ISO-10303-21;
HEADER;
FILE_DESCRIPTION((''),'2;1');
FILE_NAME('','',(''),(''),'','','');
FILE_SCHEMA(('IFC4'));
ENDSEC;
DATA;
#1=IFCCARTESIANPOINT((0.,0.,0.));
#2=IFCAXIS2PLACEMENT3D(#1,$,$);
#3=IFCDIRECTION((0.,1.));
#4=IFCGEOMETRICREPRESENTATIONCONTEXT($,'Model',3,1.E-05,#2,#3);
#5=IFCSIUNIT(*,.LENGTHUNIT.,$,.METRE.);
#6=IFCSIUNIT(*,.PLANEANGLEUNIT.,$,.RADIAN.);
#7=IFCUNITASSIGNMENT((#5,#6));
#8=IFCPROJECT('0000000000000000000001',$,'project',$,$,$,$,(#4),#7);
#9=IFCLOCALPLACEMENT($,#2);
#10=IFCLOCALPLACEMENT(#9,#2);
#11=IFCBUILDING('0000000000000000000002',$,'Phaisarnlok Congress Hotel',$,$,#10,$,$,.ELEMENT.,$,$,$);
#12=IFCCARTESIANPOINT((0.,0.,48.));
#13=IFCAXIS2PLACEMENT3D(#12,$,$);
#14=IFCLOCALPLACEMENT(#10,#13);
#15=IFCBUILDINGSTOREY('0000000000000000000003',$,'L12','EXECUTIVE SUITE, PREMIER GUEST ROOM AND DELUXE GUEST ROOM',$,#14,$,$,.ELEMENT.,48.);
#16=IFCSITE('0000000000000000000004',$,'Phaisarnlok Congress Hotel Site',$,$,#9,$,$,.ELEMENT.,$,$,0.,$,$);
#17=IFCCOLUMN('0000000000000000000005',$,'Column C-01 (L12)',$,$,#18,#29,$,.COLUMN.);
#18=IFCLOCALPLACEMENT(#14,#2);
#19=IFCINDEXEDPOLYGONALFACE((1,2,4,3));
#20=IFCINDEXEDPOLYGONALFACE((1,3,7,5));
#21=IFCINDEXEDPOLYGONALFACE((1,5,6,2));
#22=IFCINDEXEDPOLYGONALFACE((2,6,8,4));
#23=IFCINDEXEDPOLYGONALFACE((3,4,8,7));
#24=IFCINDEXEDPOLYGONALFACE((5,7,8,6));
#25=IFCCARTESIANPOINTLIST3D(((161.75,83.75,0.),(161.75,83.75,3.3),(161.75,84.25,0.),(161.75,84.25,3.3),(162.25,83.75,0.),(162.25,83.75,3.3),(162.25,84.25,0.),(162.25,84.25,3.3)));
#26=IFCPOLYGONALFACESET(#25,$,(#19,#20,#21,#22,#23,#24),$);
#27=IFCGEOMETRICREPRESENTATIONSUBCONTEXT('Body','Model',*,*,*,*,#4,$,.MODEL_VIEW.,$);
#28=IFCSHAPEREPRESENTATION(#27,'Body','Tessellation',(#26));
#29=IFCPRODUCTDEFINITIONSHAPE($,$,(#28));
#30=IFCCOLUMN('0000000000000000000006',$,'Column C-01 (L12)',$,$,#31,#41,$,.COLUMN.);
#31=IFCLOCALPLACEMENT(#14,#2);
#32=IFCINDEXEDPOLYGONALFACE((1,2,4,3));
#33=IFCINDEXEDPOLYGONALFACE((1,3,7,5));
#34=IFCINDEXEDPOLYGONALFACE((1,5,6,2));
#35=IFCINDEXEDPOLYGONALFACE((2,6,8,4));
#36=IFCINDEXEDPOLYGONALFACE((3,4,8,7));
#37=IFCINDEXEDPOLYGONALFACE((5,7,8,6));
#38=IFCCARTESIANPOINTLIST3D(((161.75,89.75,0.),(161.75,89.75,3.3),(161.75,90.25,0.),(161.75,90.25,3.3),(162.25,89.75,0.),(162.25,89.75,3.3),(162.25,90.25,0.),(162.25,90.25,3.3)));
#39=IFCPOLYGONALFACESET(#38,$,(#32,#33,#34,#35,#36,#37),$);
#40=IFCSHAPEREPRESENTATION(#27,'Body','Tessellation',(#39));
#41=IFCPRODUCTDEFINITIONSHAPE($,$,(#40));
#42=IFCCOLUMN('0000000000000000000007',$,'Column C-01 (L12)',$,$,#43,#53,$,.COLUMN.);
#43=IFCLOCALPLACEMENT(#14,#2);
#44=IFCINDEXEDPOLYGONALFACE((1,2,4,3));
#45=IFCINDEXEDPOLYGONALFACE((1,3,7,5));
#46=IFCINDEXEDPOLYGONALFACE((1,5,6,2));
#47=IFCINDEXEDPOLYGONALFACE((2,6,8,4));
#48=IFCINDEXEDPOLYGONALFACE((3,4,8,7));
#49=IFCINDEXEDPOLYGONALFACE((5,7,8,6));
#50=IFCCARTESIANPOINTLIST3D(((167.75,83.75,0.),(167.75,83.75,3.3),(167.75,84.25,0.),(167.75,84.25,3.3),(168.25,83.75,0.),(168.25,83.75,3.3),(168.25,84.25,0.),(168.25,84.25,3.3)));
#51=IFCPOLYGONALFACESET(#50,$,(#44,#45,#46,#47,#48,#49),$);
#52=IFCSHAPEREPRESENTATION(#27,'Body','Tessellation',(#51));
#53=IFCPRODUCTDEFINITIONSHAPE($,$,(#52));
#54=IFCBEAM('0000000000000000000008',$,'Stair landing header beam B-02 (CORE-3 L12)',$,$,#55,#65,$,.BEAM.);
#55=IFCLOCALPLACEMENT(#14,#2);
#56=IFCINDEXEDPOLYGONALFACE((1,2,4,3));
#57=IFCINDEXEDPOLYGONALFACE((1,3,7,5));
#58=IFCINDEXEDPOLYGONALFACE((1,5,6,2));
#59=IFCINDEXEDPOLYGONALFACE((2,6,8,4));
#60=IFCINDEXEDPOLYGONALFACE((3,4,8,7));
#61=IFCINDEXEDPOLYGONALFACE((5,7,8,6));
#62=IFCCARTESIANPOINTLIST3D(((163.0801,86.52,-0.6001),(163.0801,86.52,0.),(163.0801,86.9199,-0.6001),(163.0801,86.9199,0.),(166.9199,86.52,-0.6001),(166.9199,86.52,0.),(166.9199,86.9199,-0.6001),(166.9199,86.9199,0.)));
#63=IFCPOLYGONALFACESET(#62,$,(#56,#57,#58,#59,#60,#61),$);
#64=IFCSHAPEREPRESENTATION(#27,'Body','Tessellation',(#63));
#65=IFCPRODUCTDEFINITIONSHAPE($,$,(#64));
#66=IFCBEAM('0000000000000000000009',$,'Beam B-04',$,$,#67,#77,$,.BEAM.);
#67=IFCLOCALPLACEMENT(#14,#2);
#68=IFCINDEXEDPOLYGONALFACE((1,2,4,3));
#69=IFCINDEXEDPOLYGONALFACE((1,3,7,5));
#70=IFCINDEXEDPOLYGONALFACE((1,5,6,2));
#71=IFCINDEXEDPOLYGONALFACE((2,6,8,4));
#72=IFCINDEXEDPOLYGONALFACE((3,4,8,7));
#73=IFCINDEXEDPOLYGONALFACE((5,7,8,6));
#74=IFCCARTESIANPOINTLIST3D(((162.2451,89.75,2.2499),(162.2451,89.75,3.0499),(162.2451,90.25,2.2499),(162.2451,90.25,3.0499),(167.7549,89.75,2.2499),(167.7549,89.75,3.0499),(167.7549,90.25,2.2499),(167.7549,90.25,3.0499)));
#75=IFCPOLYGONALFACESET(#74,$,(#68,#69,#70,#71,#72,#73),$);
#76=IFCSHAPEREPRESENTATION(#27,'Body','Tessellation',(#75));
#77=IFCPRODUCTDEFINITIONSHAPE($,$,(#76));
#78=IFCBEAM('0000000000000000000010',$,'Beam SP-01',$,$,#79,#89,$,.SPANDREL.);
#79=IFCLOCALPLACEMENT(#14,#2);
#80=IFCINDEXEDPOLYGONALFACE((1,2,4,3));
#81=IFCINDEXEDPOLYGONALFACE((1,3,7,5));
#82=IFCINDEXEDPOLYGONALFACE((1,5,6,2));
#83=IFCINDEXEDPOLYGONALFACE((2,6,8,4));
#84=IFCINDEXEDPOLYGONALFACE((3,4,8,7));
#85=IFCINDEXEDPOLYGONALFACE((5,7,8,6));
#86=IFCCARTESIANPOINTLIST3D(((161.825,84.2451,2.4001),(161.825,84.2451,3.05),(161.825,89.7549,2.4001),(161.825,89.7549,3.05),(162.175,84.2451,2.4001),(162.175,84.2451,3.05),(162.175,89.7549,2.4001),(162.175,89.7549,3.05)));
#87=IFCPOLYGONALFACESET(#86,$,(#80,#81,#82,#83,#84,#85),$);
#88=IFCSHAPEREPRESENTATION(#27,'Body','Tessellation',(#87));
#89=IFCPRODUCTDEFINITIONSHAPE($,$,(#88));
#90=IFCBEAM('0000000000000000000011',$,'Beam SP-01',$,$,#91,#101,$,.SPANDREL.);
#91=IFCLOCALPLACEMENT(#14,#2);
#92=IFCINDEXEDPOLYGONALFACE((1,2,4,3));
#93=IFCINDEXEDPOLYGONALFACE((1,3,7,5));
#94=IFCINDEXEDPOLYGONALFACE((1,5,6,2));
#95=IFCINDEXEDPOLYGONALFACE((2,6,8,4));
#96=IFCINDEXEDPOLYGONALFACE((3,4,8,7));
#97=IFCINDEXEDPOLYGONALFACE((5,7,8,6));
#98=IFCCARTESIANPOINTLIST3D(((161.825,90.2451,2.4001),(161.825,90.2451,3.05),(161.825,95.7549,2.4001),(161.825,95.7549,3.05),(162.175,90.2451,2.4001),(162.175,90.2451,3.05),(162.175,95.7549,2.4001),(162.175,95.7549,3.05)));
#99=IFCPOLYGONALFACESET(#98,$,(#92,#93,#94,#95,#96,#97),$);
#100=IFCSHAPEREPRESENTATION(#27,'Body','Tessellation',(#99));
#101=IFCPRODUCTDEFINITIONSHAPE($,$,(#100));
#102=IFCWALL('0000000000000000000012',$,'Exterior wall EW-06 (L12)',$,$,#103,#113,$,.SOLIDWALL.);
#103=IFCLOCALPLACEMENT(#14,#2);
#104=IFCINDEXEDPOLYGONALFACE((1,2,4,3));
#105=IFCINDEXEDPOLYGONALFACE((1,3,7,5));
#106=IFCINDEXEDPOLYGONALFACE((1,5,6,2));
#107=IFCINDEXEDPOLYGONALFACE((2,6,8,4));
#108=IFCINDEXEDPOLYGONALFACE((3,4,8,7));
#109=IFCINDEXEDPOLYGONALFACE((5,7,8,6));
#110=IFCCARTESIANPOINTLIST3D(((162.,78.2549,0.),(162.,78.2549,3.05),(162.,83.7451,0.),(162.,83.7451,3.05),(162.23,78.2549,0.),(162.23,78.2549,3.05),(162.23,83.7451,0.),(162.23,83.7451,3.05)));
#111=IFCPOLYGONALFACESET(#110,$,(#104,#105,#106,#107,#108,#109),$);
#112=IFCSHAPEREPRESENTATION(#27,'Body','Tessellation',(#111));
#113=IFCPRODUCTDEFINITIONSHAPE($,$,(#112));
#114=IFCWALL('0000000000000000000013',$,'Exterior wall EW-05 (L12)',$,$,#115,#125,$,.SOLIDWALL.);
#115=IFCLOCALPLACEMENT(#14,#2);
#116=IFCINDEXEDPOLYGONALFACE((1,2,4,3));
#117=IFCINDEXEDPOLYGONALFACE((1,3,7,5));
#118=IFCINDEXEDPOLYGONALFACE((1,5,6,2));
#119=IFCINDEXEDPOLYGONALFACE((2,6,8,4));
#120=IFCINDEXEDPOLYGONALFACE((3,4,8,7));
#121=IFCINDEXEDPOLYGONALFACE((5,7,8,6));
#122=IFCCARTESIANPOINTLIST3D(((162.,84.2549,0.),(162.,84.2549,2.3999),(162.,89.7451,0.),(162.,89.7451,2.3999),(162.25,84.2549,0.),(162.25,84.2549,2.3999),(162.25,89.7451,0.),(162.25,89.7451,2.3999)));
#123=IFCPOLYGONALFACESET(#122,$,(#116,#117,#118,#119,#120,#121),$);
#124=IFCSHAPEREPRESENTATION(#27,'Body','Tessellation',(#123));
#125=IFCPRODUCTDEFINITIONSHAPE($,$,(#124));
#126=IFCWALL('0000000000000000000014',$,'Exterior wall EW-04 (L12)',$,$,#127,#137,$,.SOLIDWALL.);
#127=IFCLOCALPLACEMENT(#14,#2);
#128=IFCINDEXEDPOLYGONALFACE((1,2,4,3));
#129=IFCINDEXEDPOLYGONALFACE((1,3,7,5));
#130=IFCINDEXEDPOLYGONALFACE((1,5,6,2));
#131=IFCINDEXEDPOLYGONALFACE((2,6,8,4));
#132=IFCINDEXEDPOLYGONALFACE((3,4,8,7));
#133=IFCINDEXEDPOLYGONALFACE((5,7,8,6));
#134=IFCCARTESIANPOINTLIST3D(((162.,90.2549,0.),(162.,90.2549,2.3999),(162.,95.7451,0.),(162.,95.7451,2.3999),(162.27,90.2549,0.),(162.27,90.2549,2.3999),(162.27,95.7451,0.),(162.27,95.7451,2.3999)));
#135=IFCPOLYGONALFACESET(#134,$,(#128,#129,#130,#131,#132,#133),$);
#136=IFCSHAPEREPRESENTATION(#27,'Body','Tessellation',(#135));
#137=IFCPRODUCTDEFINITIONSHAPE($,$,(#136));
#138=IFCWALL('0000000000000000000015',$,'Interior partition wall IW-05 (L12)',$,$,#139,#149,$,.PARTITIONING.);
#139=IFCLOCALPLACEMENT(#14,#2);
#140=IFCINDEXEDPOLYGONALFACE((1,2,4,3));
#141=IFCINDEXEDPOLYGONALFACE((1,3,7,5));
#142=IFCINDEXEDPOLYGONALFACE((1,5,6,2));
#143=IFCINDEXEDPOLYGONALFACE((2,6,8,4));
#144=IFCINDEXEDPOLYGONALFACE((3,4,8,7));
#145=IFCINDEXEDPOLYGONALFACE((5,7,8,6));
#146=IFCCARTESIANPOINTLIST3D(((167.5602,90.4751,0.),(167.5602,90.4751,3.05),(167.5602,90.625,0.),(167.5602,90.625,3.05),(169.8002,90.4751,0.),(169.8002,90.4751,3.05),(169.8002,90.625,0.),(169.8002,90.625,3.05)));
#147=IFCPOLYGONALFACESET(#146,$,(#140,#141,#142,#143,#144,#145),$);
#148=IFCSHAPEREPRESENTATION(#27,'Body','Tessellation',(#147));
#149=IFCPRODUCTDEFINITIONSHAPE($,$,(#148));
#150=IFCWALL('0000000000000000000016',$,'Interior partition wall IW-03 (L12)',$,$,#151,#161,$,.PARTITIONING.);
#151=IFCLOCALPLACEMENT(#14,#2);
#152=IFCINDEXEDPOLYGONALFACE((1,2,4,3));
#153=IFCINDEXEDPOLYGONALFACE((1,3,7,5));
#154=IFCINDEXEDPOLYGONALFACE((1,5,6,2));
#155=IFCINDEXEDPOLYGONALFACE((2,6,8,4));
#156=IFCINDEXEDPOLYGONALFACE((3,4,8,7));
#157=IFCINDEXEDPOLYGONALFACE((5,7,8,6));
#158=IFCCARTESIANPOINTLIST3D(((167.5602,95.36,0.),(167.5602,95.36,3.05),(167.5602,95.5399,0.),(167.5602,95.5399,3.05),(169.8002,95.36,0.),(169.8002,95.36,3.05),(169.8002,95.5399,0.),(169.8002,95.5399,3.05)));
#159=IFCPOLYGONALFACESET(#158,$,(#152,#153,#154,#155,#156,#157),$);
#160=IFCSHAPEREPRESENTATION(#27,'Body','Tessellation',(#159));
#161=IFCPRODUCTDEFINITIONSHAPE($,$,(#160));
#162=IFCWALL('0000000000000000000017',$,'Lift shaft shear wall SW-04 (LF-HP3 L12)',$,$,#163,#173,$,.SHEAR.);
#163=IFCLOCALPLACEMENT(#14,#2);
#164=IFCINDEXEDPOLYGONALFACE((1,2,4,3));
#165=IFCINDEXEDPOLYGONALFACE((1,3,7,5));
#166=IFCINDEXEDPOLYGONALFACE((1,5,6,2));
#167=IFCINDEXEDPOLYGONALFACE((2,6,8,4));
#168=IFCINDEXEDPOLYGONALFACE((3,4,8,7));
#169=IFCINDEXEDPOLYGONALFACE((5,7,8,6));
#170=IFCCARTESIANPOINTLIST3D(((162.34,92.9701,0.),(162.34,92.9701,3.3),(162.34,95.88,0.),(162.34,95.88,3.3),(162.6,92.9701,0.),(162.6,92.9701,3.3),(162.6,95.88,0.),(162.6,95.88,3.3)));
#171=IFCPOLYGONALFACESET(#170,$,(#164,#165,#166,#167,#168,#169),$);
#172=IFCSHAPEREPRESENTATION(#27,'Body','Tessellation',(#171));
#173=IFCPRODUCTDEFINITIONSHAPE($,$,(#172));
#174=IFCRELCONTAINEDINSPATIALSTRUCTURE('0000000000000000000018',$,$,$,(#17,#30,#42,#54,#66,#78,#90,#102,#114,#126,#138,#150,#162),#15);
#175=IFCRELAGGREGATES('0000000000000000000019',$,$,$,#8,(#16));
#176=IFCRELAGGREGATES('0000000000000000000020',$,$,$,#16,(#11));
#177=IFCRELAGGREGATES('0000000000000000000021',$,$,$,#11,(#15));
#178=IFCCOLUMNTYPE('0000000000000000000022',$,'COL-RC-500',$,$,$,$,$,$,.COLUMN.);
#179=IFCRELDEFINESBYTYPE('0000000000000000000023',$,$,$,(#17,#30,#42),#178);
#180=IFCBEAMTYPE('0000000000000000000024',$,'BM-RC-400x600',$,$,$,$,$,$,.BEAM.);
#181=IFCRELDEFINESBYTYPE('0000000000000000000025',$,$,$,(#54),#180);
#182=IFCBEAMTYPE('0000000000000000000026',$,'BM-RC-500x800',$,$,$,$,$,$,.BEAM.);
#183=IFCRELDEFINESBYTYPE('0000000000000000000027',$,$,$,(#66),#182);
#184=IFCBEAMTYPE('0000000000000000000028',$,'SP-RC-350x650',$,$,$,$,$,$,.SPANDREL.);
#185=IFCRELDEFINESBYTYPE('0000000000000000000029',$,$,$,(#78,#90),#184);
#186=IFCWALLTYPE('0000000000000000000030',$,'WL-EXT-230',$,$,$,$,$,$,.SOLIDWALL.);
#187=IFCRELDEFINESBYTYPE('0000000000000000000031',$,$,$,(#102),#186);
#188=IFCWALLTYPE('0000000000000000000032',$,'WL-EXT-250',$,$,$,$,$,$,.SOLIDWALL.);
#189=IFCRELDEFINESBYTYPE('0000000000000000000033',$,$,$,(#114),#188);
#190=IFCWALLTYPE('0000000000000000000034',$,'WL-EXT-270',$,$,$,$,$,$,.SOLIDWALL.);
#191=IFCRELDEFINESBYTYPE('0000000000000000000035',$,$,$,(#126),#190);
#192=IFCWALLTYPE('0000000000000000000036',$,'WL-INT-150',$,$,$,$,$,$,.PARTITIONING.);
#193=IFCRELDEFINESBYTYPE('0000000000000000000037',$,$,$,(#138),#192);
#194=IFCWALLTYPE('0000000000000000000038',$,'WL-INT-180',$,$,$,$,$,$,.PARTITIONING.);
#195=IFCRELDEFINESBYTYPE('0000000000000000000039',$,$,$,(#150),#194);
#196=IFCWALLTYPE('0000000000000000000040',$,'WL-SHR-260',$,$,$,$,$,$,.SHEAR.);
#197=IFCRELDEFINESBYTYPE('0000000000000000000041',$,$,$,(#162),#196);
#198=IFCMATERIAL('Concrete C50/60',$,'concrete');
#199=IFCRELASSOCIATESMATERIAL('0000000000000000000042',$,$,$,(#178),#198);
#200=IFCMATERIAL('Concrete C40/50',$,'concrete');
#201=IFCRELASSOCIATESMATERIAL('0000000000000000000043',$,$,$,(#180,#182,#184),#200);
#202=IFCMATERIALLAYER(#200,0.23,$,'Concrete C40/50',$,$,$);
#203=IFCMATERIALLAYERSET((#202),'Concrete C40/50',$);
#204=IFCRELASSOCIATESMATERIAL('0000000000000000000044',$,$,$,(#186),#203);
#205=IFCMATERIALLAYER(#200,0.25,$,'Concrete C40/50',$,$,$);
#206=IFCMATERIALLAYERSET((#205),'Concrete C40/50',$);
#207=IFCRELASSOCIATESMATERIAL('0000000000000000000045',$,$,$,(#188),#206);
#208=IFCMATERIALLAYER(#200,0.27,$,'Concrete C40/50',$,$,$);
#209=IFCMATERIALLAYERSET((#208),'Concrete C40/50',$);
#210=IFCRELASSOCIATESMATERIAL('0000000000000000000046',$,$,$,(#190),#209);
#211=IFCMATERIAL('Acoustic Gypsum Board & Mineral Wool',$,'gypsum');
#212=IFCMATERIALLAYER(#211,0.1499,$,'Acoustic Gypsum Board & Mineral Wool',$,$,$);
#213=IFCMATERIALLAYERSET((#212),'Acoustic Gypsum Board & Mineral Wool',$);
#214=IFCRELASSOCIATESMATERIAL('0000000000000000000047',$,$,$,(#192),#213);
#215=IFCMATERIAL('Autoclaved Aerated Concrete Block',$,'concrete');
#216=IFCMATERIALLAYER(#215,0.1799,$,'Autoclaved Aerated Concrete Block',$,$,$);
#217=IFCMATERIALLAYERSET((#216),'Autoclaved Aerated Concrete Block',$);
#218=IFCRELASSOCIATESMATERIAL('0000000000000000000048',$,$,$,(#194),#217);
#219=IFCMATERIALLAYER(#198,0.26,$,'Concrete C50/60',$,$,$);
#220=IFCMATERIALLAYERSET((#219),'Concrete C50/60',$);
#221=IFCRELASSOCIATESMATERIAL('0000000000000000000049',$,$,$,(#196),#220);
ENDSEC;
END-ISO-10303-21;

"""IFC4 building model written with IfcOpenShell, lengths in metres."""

from ifc_helpers import new_model, si_unit, direction, frame, frame_2d, origin, origin_2d, place, context, subcontext, project, spatial, rectangle, extrude, material, layer, layer_set, material_profile, profile_set, type_object, element, save


model = new_model("IFC4")

# Units and contexts
model_context = context("Model", 3, precision=1e-05, world=origin(), true_north=direction((0.0, 1.0)))
body_context = subcontext(model_context, "Body", "Model", "MODEL_VIEW")
ifc_project = project(units=[si_unit("LENGTHUNIT", "METRE"), si_unit("PLANEANGLEUNIT", "RADIAN")], contexts=[model_context])

# Site, building, storey
site_placement = place(None, origin())
site = spatial("IfcSite", under=ifc_project, at=site_placement, Name="Phaisarnlok Congress Hotel Site", CompositionType="ELEMENT", RefElevation=0.0)
building_placement = place(site_placement, origin())
building = spatial("IfcBuilding", under=site, at=building_placement, Name="Phaisarnlok Congress Hotel", CompositionType="ELEMENT")
storey_placement = place(building_placement, frame((0.0, 0.0, 48.0)))
storey = spatial("IfcBuildingStorey", under=building, at=storey_placement, Name="L12", Description="EXECUTIVE SUITE, PREMIER GUEST ROOM AND DELUXE GUEST ROOM", CompositionType="ELEMENT", Elevation=48.0)

# Columns
ifc_material_1 = material(Name="Concrete C50/60", Category="concrete")
ifc_material_profile_1 = material_profile(ifc_material_1, rectangle(XDim=0.5, YDim=0.5, at=origin_2d()), Name="RC 500x500")
ifc_profile_set_1 = profile_set([ifc_material_profile_1], Name="Concrete C50/60")
column_type = type_object("IfcColumnType", Name="COL-RC-500", PredefinedType="COLUMN", material=ifc_profile_set_1)
for number, where, z_axis, x_axis, name in (
    (1, (162.0, 84.0, 0.0), (0.0, 0.0, 1.0), (1.0, 0.0, 0.0), "Column C-01 (L12)"),
    (2, (162.0, 90.0, 0.0), (0.0, 0.0, 1.0), (1.0, 0.0, 0.0), "Column C-01 (L12)"),
    (3, (168.0, 84.0, 0.0), (0.0, 0.0, 1.0), (1.0, 0.0, 0.0), "Column C-01 (L12)"),
):
    element("IfcColumn", number, at=place(storey_placement, frame(where, z_axis=z_axis, x_axis=x_axis)), inside=storey, type_object=column_type, Name=name, PredefinedType="COLUMN", context=body_context, shape_type="SweptSolid", body=[
        extrude(rectangle(XDim=0.5, YDim=0.5, at=origin_2d()), origin(), (0.0, 0.0, 1.0), 3.3),
    ])

# Beams
ifc_material_2 = material(Name="Concrete C40/50", Category="concrete")
ifc_material_profile_2 = material_profile(ifc_material_2, rectangle(XDim=0.3999, YDim=0.6001, at=origin_2d()), Name="RC 400x600")
ifc_profile_set_2 = profile_set([ifc_material_profile_2], Name="Concrete C40/50")
beam_type_1 = type_object("IfcBeamType", Name="BM-RC-400x600", PredefinedType="BEAM", material=ifc_profile_set_2)
beam_1_placement = place(storey_placement, frame((163.0801, 86.72, -0.3), z_axis=(1.0, 0.0, 0.0), x_axis=(0.0, 1.0, 0.0)))
element("IfcBeam", 4, at=beam_1_placement, inside=storey, type_object=beam_type_1, Name="Stair landing header beam B-02 (CORE-3 L12)", PredefinedType="BEAM", context=body_context, shape_type="SweptSolid", body=[
    extrude(rectangle(XDim=0.3999, YDim=0.6001, at=origin_2d()), origin(), (0.0, 0.0, 1.0), 3.8398),
])
ifc_material_profile_3 = material_profile(ifc_material_2, rectangle(XDim=0.5, YDim=0.8, at=origin_2d()), Name="RC 500x800")
ifc_profile_set_3 = profile_set([ifc_material_profile_3], Name="Concrete C40/50")
beam_type_2 = type_object("IfcBeamType", Name="BM-RC-500x800", PredefinedType="BEAM", material=ifc_profile_set_3)
beam_2_placement = place(storey_placement, frame((162.2451, 90.0, 2.6499), z_axis=(1.0, 0.0, 0.0), x_axis=(0.0, 1.0, 0.0)))
element("IfcBeam", 5, at=beam_2_placement, inside=storey, type_object=beam_type_2, Name="Beam B-04", PredefinedType="BEAM", context=body_context, shape_type="SweptSolid", body=[
    extrude(rectangle(XDim=0.5, YDim=0.8, at=origin_2d()), origin(), (0.0, 0.0, 1.0), 5.5098),
])
ifc_material_profile_4 = material_profile(ifc_material_2, rectangle(XDim=0.3501, YDim=0.6499, at=origin_2d()), Name="RC 350x650")
ifc_profile_set_4 = profile_set([ifc_material_profile_4], Name="Concrete C40/50")
beam_type_3 = type_object("IfcBeamType", Name="SP-RC-350x650", PredefinedType="SPANDREL", material=ifc_profile_set_4)
for number, where, z_axis, x_axis, name in (
    (6, (162.0, 84.2451, 2.7251), (0.0, 1.0, 0.0), (-1.0, 0.0, 0.0), "Beam SP-01"),
    (7, (162.0, 90.2451, 2.7251), (0.0, 1.0, 0.0), (-1.0, 0.0, 0.0), "Beam SP-01"),
):
    element("IfcBeam", number, at=place(storey_placement, frame(where, z_axis=z_axis, x_axis=x_axis)), inside=storey, type_object=beam_type_3, Name=name, PredefinedType="SPANDREL", context=body_context, shape_type="SweptSolid", body=[
        extrude(rectangle(XDim=0.3501, YDim=0.6499, at=origin_2d()), origin(), (0.0, 0.0, 1.0), 5.5098),
    ])

# Walls
ifc_layer_1 = layer(ifc_material_2, 0.23, Name="Concrete C40/50")
ifc_layer_set_1 = layer_set([ifc_layer_1], Name="Concrete C40/50")
wall_type_1 = type_object("IfcWallType", Name="WL-EXT-230", PredefinedType="SOLIDWALL", material=ifc_layer_set_1)
wall_1_placement = place(storey_placement, frame((162.115, 83.7451, 0.0), z_axis=(0.0, 0.0, 1.0), x_axis=(0.0, -1.0, 0.0)))
element("IfcWall", 8, at=wall_1_placement, inside=storey, type_object=wall_type_1, Name="Exterior wall EW-06 (L12)", PredefinedType="SOLIDWALL", context=body_context, shape_type="SweptSolid", body=[
    extrude(rectangle(XDim=5.4902, YDim=0.23, at=frame_2d((2.7451, 0.0))), origin(), (0.0, 0.0, 1.0), 3.05),
])
ifc_layer_2 = layer(ifc_material_2, 0.25, Name="Concrete C40/50")
ifc_layer_set_2 = layer_set([ifc_layer_2], Name="Concrete C40/50")
wall_type_2 = type_object("IfcWallType", Name="WL-EXT-250", PredefinedType="SOLIDWALL", material=ifc_layer_set_2)
wall_2_placement = place(storey_placement, frame((162.125, 89.7451, 0.0), z_axis=(0.0, 0.0, 1.0), x_axis=(0.0, -1.0, 0.0)))
element("IfcWall", 9, at=wall_2_placement, inside=storey, type_object=wall_type_2, Name="Exterior wall EW-05 (L12)", PredefinedType="SOLIDWALL", context=body_context, shape_type="SweptSolid", body=[
    extrude(rectangle(XDim=5.4902, YDim=0.25, at=frame_2d((2.7451, 0.0))), origin(), (0.0, 0.0, 1.0), 2.3999),
])
ifc_layer_3 = layer(ifc_material_2, 0.27, Name="Concrete C40/50")
ifc_layer_set_3 = layer_set([ifc_layer_3], Name="Concrete C40/50")
wall_type_3 = type_object("IfcWallType", Name="WL-EXT-270", PredefinedType="SOLIDWALL", material=ifc_layer_set_3)
wall_3_placement = place(storey_placement, frame((162.135, 95.7451, 0.0), z_axis=(0.0, 0.0, 1.0), x_axis=(0.0, -1.0, 0.0)))
element("IfcWall", 10, at=wall_3_placement, inside=storey, type_object=wall_type_3, Name="Exterior wall EW-04 (L12)", PredefinedType="SOLIDWALL", context=body_context, shape_type="SweptSolid", body=[
    extrude(rectangle(XDim=5.4902, YDim=0.27, at=frame_2d((2.7451, 0.0))), origin(), (0.0, 0.0, 1.0), 2.3999),
])
ifc_material_3 = material(Name="Acoustic Gypsum Board & Mineral Wool", Category="gypsum")
ifc_layer_4 = layer(ifc_material_3, 0.1499, Name="Acoustic Gypsum Board & Mineral Wool")
ifc_layer_set_4 = layer_set([ifc_layer_4], Name="Acoustic Gypsum Board & Mineral Wool")
wall_type_4 = type_object("IfcWallType", Name="WL-INT-150", PredefinedType="PARTITIONING", material=ifc_layer_set_4)
wall_4_placement = place(storey_placement, frame((167.5601, 90.55, 0.0), z_axis=(0.0, 0.0, 1.0), x_axis=(1.0, 0.0, 0.0)))
element("IfcWall", 11, at=wall_4_placement, inside=storey, type_object=wall_type_4, Name="Interior partition wall IW-05 (L12)", PredefinedType="PARTITIONING", context=body_context, shape_type="SweptSolid", body=[
    extrude(rectangle(XDim=2.24, YDim=0.1499, at=frame_2d((1.1201, 0.0))), origin(), (0.0, 0.0, 1.0), 3.05),
])
ifc_material_4 = material(Name="Autoclaved Aerated Concrete Block", Category="concrete")
ifc_layer_5 = layer(ifc_material_4, 0.1799, Name="Autoclaved Aerated Concrete Block")
ifc_layer_set_5 = layer_set([ifc_layer_5], Name="Autoclaved Aerated Concrete Block")
wall_type_5 = type_object("IfcWallType", Name="WL-INT-180", PredefinedType="PARTITIONING", material=ifc_layer_set_5)
wall_5_placement = place(storey_placement, frame((167.5601, 95.45, 0.0), z_axis=(0.0, 0.0, 1.0), x_axis=(1.0, 0.0, 0.0)))
element("IfcWall", 12, at=wall_5_placement, inside=storey, type_object=wall_type_5, Name="Interior partition wall IW-03 (L12)", PredefinedType="PARTITIONING", context=body_context, shape_type="SweptSolid", body=[
    extrude(rectangle(XDim=2.24, YDim=0.1799, at=frame_2d((1.1201, 0.0))), origin(), (0.0, 0.0, 1.0), 3.05),
])

# Shared definitions
ifc_layer_6 = layer(ifc_material_1, 0.26, Name="Concrete C50/60")
ifc_layer_set_6 = layer_set([ifc_layer_6], Name="Concrete C50/60")
wall_type_6 = type_object("IfcWallType", Name="WL-SHR-260", PredefinedType="SHEAR", material=ifc_layer_set_6)

# Wall
wall_6_placement = place(storey_placement, frame((162.47, 92.97, 0.0), z_axis=(0.0, 0.0, 1.0), x_axis=(0.0, 1.0, 0.0)))
element("IfcWall", 13, at=wall_6_placement, inside=storey, type_object=wall_type_6, Name="Lift shaft shear wall SW-04 (LF-HP3 L12)", PredefinedType="SHEAR", context=body_context, shape_type="SweptSolid", body=[
    extrude(rectangle(XDim=2.9099, YDim=0.26, at=frame_2d((1.4551, 0.0))), origin(), (0.0, 0.0, 1.0), 3.3),
])

save(model, "model.ifc")
